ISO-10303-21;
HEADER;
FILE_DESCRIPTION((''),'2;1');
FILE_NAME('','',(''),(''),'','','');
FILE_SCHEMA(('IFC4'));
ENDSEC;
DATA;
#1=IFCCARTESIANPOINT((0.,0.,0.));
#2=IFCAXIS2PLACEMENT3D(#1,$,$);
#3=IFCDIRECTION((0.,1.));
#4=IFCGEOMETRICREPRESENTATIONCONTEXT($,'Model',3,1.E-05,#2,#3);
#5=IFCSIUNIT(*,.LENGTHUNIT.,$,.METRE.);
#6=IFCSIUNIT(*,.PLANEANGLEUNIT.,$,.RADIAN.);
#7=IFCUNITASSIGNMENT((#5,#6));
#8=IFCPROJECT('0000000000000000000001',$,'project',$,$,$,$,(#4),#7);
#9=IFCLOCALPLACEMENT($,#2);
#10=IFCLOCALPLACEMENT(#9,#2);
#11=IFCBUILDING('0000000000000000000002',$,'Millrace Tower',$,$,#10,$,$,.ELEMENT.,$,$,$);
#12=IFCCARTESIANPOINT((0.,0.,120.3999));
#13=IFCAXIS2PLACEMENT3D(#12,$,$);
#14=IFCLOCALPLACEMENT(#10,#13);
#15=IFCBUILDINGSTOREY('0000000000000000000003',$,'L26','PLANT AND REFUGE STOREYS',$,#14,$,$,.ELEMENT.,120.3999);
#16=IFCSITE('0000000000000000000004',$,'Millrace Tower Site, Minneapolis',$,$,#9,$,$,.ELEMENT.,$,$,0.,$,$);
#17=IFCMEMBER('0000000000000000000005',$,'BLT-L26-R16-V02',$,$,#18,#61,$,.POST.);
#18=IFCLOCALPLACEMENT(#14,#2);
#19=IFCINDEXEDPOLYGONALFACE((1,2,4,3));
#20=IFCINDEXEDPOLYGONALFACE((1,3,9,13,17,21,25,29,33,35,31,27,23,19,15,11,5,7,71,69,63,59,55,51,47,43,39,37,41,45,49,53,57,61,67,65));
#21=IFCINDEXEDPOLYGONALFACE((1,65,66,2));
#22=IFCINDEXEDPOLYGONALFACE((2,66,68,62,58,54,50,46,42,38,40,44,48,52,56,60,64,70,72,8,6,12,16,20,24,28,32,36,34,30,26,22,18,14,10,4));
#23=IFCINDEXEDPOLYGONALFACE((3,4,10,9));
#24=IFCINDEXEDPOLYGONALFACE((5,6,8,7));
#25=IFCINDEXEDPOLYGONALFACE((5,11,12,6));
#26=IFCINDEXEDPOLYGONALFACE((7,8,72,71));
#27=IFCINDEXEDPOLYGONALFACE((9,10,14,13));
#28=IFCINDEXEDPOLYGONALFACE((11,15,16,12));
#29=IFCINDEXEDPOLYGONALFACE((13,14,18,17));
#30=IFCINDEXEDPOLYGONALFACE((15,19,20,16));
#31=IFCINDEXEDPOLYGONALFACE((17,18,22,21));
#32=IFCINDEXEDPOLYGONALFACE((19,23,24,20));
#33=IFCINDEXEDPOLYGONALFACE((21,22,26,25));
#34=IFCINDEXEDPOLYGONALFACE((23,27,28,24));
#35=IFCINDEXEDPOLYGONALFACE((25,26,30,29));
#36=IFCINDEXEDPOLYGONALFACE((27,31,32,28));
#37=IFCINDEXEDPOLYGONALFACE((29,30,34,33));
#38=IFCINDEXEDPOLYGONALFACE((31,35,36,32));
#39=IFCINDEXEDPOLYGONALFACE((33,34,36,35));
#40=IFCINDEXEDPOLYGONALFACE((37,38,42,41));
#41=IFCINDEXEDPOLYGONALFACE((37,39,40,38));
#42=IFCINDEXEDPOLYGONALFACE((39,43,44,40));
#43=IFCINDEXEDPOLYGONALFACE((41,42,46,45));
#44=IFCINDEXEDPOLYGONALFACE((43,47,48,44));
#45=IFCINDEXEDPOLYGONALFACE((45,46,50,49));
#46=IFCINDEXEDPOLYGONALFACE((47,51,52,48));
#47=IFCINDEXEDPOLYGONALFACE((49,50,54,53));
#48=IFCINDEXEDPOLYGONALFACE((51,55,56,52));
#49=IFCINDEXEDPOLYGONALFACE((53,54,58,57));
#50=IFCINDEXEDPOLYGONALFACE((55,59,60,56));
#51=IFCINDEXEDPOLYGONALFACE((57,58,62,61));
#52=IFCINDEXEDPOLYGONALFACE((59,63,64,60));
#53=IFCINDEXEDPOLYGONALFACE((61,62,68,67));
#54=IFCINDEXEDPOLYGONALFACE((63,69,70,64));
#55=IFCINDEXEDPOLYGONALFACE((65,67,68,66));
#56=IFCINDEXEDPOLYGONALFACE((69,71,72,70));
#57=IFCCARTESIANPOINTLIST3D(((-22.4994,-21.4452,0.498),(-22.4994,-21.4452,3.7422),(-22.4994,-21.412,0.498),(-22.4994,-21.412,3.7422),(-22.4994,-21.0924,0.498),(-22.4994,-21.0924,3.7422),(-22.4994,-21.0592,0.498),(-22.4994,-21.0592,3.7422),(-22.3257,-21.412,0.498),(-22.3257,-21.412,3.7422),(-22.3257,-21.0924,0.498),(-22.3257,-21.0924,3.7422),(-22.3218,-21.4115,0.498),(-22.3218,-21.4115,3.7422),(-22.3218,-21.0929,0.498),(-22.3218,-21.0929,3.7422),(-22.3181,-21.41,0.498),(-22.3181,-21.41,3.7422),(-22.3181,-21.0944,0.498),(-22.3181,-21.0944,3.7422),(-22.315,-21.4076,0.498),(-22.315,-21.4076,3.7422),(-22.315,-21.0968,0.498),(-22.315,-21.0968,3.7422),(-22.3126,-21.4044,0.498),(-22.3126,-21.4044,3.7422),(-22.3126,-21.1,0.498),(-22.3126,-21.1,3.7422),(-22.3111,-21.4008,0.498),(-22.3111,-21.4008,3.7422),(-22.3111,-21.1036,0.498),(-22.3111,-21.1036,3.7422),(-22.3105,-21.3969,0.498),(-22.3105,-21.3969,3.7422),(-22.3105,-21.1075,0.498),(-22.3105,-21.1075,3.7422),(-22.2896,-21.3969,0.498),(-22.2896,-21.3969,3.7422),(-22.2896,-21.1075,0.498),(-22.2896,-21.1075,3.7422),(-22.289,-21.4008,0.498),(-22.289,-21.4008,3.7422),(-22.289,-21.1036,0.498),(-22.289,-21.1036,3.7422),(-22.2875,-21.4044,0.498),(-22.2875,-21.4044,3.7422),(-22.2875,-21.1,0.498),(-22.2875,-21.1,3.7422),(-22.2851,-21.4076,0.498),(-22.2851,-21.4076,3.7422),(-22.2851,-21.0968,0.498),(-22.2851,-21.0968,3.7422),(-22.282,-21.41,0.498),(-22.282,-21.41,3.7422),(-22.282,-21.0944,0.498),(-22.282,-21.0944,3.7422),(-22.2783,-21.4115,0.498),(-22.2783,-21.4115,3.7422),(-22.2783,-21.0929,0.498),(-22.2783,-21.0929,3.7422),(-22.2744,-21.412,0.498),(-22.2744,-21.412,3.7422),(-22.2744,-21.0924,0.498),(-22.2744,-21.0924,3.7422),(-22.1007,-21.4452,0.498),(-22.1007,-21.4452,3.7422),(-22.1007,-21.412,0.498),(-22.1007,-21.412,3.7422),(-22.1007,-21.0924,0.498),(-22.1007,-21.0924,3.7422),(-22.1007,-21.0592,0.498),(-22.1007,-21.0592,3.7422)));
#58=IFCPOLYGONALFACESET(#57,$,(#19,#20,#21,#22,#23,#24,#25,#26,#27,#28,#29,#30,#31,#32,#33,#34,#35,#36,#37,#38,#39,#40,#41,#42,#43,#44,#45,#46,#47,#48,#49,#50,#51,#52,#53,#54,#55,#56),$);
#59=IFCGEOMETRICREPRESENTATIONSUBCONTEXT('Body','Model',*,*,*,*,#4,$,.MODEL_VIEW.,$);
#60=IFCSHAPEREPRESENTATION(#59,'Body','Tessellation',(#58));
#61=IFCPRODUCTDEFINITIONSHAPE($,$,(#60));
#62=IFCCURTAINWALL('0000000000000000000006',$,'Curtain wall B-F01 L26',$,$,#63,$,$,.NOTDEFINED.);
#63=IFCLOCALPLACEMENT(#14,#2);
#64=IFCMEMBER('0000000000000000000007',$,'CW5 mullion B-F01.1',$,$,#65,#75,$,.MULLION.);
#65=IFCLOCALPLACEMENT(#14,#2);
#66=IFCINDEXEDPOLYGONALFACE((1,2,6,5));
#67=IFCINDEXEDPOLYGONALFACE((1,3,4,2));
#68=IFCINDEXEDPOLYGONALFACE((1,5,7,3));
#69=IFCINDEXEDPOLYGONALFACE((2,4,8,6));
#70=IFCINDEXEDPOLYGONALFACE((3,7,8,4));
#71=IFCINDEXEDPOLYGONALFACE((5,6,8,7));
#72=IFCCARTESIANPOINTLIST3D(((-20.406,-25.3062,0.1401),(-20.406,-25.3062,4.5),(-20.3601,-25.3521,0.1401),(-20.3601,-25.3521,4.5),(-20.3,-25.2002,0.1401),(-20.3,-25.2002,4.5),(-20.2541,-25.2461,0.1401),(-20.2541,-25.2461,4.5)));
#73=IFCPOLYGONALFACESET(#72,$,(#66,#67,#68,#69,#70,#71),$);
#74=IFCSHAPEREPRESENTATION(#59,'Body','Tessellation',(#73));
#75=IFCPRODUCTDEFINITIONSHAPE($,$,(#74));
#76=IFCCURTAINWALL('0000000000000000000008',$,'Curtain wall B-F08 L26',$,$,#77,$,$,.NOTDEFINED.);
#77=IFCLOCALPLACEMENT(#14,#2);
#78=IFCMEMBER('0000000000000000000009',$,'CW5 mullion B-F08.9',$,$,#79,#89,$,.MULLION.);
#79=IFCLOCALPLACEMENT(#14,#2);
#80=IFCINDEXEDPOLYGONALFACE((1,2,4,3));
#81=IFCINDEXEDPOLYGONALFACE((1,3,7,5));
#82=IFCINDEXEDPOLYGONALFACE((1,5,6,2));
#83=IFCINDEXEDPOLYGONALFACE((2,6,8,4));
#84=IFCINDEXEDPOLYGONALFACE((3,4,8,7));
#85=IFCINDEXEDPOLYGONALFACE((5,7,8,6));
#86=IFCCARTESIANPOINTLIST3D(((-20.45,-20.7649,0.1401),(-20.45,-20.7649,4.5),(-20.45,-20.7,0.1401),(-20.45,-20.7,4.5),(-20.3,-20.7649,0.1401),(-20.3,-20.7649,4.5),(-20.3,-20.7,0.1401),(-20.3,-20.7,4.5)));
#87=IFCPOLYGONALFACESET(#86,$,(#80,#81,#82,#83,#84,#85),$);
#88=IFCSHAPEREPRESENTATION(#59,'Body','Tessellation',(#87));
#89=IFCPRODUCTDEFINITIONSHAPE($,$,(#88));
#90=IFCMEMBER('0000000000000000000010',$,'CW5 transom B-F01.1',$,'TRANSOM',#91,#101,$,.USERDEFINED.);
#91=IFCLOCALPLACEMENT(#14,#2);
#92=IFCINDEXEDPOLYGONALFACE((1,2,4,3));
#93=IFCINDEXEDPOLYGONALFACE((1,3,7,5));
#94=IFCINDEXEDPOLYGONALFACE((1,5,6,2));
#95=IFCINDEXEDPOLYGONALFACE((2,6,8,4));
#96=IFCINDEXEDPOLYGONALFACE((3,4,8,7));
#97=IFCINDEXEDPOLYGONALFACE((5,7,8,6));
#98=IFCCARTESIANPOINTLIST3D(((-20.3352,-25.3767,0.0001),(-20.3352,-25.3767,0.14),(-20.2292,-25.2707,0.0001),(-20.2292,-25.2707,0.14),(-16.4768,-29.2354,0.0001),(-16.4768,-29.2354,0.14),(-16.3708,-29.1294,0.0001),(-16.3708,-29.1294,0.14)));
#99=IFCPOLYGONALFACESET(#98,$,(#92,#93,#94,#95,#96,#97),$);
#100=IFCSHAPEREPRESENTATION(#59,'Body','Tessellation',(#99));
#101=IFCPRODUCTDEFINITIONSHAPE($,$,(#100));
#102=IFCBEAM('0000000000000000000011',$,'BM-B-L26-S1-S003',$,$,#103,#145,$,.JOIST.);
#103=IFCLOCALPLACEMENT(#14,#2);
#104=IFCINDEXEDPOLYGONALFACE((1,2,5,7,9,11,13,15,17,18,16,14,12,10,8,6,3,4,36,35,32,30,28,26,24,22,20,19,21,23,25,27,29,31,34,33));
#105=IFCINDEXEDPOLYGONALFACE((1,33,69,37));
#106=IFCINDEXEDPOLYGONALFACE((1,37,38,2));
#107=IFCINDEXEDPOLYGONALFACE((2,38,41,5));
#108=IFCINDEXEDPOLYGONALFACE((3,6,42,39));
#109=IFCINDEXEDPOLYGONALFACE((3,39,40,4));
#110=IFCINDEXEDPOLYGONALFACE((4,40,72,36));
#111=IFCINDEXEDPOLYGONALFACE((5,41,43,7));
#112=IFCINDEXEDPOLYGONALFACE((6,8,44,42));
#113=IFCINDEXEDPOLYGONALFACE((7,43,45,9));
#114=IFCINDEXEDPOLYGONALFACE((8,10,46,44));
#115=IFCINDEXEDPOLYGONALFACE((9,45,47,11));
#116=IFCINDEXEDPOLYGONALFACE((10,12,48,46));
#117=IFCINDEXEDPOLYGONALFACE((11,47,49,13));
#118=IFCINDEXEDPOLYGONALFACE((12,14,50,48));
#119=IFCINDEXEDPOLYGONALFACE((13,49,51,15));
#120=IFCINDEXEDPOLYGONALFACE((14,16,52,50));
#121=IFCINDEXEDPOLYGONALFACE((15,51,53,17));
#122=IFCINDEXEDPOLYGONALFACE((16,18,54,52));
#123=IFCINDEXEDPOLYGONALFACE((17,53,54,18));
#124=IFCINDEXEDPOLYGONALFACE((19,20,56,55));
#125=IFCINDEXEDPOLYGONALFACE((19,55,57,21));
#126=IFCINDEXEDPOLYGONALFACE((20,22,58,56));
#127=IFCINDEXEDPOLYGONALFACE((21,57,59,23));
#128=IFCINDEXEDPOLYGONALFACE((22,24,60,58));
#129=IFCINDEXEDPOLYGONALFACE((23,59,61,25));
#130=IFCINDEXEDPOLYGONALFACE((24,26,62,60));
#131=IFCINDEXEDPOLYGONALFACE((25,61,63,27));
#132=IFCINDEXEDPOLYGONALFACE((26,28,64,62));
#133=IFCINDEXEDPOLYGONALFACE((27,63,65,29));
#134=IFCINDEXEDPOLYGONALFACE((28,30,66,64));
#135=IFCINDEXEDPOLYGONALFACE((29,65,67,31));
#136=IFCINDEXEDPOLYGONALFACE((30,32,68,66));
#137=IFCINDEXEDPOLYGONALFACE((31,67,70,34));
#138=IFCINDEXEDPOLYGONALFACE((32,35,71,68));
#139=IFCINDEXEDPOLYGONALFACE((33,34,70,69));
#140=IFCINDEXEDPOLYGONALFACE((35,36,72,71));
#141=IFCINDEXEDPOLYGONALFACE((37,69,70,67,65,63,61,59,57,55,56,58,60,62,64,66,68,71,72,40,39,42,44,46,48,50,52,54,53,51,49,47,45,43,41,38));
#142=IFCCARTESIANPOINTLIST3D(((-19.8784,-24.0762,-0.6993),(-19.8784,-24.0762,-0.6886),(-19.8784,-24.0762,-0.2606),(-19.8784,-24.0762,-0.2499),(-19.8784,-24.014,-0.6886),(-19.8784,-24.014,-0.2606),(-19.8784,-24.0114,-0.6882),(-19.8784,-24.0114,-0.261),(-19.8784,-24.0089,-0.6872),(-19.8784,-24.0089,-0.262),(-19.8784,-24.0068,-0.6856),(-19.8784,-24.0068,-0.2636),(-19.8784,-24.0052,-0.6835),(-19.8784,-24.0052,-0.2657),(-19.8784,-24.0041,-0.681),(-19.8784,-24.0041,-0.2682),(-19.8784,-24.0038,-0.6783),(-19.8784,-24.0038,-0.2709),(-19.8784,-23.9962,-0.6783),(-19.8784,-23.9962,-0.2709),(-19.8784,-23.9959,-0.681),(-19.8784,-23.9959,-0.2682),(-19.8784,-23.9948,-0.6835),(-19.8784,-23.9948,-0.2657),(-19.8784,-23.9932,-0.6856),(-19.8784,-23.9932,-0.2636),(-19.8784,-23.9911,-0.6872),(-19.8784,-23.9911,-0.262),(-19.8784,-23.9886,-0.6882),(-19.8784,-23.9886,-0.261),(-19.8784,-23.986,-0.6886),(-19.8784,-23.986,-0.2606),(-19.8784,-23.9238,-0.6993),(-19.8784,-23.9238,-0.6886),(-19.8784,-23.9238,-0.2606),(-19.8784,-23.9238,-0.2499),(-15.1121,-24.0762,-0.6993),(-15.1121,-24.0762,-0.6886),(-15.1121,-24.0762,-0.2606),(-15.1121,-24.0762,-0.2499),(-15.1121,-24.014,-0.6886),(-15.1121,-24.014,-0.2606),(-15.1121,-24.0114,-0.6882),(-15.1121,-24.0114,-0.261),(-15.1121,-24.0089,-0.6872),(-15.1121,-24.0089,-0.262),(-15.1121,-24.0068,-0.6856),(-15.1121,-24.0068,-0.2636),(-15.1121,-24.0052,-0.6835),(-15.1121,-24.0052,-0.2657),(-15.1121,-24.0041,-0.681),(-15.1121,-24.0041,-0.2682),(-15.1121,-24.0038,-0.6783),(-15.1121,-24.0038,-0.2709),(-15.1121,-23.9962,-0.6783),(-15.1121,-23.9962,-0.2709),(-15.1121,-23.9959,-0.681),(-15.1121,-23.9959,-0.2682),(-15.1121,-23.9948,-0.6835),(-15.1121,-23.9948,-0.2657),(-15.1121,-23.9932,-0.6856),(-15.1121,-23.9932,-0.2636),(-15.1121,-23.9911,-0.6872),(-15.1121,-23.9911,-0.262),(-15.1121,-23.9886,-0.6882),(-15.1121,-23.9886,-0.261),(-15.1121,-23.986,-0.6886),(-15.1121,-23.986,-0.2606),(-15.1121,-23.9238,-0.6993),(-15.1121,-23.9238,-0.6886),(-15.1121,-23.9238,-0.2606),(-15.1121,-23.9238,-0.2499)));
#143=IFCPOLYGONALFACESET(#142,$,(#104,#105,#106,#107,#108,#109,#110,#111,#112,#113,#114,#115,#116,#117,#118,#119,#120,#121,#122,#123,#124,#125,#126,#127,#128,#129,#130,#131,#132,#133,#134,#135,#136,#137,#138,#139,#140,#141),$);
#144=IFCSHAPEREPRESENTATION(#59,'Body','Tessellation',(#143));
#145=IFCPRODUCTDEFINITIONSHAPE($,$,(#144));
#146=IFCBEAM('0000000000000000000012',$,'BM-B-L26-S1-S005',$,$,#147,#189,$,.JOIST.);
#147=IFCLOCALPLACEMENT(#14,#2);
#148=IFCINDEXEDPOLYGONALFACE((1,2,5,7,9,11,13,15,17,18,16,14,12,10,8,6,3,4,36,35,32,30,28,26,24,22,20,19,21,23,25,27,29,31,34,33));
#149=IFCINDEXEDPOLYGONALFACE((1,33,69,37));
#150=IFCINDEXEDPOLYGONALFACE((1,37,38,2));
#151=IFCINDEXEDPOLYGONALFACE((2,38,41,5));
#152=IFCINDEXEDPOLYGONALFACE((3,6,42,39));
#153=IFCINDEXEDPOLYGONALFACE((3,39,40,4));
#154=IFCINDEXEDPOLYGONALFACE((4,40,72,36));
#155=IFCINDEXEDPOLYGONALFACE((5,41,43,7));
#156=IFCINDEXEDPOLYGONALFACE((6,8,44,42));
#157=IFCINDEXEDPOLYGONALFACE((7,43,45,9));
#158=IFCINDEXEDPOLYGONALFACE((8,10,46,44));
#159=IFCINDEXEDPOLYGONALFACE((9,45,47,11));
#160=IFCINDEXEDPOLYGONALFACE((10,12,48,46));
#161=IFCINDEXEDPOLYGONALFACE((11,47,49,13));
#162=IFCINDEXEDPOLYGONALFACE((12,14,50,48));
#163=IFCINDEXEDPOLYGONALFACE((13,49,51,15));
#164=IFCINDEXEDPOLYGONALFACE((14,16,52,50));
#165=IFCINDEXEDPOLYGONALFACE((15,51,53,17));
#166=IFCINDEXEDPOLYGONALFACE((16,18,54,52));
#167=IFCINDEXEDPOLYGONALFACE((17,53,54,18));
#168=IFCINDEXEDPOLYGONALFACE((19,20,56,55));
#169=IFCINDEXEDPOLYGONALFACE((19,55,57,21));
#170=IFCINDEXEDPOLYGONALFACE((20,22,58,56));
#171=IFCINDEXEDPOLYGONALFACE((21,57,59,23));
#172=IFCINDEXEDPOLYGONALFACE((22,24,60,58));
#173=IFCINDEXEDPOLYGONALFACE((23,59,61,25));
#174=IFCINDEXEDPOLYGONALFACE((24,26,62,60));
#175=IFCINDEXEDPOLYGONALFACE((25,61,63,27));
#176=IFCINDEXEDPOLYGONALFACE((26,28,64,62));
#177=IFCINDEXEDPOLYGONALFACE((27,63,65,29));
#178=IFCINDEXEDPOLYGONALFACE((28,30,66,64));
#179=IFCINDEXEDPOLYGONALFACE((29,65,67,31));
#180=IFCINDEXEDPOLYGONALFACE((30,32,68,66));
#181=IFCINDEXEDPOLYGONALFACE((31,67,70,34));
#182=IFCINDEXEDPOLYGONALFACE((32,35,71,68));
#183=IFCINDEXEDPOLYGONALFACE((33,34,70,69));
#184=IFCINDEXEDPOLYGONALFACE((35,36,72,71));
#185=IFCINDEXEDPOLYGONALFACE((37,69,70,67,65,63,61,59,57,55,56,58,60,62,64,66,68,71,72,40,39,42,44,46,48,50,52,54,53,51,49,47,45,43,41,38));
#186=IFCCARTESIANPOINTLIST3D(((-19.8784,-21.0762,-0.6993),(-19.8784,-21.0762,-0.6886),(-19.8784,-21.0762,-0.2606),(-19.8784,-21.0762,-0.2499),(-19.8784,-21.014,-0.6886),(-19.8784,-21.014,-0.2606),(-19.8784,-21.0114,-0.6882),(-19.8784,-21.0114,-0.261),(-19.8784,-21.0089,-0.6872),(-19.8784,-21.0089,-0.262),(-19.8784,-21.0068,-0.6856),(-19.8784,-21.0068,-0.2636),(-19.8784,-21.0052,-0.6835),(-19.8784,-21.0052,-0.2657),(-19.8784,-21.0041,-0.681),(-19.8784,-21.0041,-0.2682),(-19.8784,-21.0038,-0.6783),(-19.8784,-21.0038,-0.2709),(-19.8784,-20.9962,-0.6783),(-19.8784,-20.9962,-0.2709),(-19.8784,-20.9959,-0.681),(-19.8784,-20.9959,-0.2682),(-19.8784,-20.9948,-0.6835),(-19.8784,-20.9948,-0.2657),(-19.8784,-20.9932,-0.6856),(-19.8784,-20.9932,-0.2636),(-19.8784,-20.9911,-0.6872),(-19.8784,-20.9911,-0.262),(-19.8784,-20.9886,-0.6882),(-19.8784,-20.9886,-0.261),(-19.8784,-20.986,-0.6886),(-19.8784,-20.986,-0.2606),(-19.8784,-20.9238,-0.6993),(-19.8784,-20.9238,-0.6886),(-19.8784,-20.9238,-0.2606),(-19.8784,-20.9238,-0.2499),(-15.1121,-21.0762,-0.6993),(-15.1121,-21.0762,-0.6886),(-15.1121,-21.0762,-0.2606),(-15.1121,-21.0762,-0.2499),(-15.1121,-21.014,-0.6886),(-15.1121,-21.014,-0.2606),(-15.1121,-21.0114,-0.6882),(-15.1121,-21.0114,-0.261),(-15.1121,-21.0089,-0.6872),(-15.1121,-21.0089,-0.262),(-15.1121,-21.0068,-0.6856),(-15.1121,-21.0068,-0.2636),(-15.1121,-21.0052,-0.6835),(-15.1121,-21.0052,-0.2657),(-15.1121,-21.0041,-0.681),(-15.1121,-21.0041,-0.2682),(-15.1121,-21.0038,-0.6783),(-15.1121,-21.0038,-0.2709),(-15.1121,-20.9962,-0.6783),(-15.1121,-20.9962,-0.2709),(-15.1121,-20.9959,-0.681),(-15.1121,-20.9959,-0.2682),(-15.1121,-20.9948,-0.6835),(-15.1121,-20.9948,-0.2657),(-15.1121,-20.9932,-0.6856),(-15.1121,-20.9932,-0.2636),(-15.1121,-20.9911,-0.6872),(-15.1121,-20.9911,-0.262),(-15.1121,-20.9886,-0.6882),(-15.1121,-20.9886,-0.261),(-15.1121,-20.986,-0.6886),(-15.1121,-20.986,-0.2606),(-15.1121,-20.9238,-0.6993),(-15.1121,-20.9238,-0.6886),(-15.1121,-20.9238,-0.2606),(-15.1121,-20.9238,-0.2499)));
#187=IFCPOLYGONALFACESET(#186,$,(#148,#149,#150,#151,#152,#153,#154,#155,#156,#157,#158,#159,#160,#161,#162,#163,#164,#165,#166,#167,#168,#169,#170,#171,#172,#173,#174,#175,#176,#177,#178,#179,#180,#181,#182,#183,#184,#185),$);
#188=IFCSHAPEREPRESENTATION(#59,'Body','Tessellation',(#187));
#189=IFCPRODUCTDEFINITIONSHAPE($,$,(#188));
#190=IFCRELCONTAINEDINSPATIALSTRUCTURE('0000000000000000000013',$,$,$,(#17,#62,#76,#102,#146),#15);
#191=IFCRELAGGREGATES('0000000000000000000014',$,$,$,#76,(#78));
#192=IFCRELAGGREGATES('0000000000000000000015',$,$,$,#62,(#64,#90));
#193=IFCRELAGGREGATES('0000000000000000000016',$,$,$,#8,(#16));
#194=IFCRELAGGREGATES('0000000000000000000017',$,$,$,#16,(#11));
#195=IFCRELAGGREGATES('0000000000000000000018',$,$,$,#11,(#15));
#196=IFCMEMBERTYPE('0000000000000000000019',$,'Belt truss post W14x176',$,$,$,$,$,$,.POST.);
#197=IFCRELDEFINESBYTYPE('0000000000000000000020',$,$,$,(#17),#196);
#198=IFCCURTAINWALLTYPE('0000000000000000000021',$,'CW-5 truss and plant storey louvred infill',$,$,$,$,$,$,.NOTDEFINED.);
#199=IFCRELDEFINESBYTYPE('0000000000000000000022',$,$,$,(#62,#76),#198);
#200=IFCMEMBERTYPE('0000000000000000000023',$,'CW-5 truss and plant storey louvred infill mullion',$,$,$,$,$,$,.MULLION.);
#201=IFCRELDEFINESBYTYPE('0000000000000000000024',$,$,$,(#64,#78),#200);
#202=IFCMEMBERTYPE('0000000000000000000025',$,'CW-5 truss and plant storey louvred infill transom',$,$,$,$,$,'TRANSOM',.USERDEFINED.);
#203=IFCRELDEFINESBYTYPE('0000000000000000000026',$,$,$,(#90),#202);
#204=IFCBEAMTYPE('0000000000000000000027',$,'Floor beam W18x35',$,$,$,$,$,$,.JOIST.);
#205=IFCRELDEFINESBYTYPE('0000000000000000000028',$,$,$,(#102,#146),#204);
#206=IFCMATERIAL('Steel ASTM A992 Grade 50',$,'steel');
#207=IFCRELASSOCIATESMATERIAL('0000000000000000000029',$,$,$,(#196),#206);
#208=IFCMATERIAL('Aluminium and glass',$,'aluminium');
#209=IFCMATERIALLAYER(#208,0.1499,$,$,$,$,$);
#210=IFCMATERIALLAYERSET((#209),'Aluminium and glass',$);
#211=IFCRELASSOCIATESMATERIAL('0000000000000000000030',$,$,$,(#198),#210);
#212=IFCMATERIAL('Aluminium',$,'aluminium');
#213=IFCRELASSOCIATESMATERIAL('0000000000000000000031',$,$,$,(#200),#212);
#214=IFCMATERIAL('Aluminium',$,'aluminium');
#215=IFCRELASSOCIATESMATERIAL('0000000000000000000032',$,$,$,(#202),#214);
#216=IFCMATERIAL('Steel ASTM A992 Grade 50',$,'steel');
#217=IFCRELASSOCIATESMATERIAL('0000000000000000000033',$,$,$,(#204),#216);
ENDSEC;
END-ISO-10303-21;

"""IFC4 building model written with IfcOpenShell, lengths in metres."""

from ifc_helpers import new_model, si_unit, direction, frame, origin, origin_2d, place, context, subcontext, project, spatial, rectangle, i_section, extrude, material, layer, layer_set, material_profile, profile_set, type_object, element, aggregate, save


model = new_model("IFC4")

# Units and contexts
model_context = context("Model", 3, precision=1e-05, world=origin(), true_north=direction((0.0, 1.0)))
body_context = subcontext(model_context, "Body", "Model", "MODEL_VIEW")
ifc_project = project(units=[si_unit("LENGTHUNIT", "METRE"), si_unit("PLANEANGLEUNIT", "RADIAN")], contexts=[model_context])

# Site, building, storey
site_placement = place(None, origin())
site = spatial("IfcSite", under=ifc_project, at=site_placement, Name="Millrace Tower Site, Minneapolis", CompositionType="ELEMENT", RefElevation=0.0)
building_placement = place(site_placement, origin())
building = spatial("IfcBuilding", under=site, at=building_placement, Name="Millrace Tower", CompositionType="ELEMENT")
storey_placement = place(building_placement, frame((0.0, 0.0, 120.3999)))
storey = spatial("IfcBuildingStorey", under=building, at=storey_placement, Name="L26", Description="PLANT AND REFUGE STOREYS", CompositionType="ELEMENT", Elevation=120.3999)

# Member
ifc_material_1 = material(Name="Steel ASTM A992 Grade 50", Category="steel")
ifc_material_profile_1 = material_profile(ifc_material_1, i_section(OverallWidth=0.3987, OverallDepth=0.386, WebThickness=0.021, FlangeThickness=0.0332, FilletRadius=0.0151, at=origin_2d()))
ifc_profile_set_1 = profile_set([ifc_material_profile_1], Name="Steel ASTM A992 Grade 50")
member_type_1 = type_object("IfcMemberType", Name="Belt truss post W14x176", PredefinedType="POST", material=ifc_profile_set_1)
member_1_placement = place(storey_placement, frame((-22.3, -21.2522, 0.498), z_axis=(0.0, 0.0, 1.0), x_axis=(1.0, 0.0, 0.0)))
element("IfcMember", 1, at=member_1_placement, inside=storey, type_object=member_type_1, Name="BLT-L26-R16-V02", PredefinedType="POST", context=body_context, shape_type="SweptSolid", body=[
    extrude(i_section(OverallWidth=0.3987, OverallDepth=0.386, WebThickness=0.021, FlangeThickness=0.0332, FilletRadius=0.0151, at=origin_2d()), origin(), (0.0, 0.0, 1.0), 3.2441),
])

# Curtain walls, members
ifc_material_2 = material(Name="Aluminium and glass", Category="aluminium")
ifc_layer_1 = layer(ifc_material_2, 0.1499)
ifc_layer_set_1 = layer_set([ifc_layer_1], Name="Aluminium and glass")
curtain_wall_type = type_object("IfcCurtainWallType", Name="CW-5 truss and plant storey louvred infill", PredefinedType="NOTDEFINED", material=ifc_layer_set_1)
placement = place(storey_placement, origin())
curtain_wall_1 = element("IfcCurtainWall", 2, at=placement, inside=storey, type_object=curtain_wall_type, Name="Curtain wall B-F01 L26", PredefinedType="NOTDEFINED")
ifc_material_3 = material(Name="Aluminium", Category="aluminium")
ifc_material_profile_2 = material_profile(ifc_material_3, rectangle(XDim=0.0649, YDim=0.1499, at=origin_2d()))
ifc_profile_set_2 = profile_set([ifc_material_profile_2], Name="Aluminium")
member_type_2 = type_object("IfcMemberType", Name="CW-5 truss and plant storey louvred infill mullion", PredefinedType="MULLION", material=ifc_profile_set_2)
member_2_placement = place(storey_placement, frame((-20.3301, -25.2761, 0.1401), z_axis=(0.0, 0.0, 1.0), x_axis=(0.707107, -0.707107, 0.0)))
member_2 = element("IfcMember", 3, at=member_2_placement, type_object=member_type_2, Name="CW5 mullion B-F01.1", PredefinedType="MULLION", context=body_context, shape_type="SweptSolid", body=[
    extrude(rectangle(XDim=0.0649, YDim=0.1499, at=origin_2d()), origin(), (0.0, 0.0, 1.0), 4.3599),
])
curtain_wall_2 = element("IfcCurtainWall", 4, at=placement, inside=storey, type_object=curtain_wall_type, Name="Curtain wall B-F08 L26", PredefinedType="NOTDEFINED")
member_3_placement = place(storey_placement, frame((-20.375, -20.7324, 0.1401), z_axis=(0.0, 0.0, 1.0), x_axis=(0.0, -1.0, 0.0)))
member_3 = element("IfcMember", 5, at=member_3_placement, type_object=member_type_2, Name="CW5 mullion B-F08.9", PredefinedType="MULLION", context=body_context, shape_type="SweptSolid", body=[
    extrude(rectangle(XDim=0.0649, YDim=0.1499, at=origin_2d()), origin(), (0.0, 0.0, 1.0), 4.3599),
])
aggregate(curtain_wall_2, [member_3])

# Member
ifc_material_4 = material(Name="Aluminium", Category="aluminium")
ifc_material_profile_3 = material_profile(ifc_material_4, rectangle(XDim=0.1499, YDim=0.1399, at=origin_2d()))
ifc_profile_set_3 = profile_set([ifc_material_profile_3], Name="Aluminium")
member_type_3 = type_object("IfcMemberType", Name="CW-5 truss and plant storey louvred infill transom", ElementType="TRANSOM", PredefinedType="USERDEFINED", material=ifc_profile_set_3)
member_4_placement = place(storey_placement, frame((-20.2822, -25.3237, 0.0701), z_axis=(0.707084, -0.707129, 0.0), x_axis=(0.707129, 0.707084, 0.0)))
member_4 = element("IfcMember", 6, at=member_4_placement, type_object=member_type_3, Name="CW5 transom B-F01.1", ObjectType="TRANSOM", PredefinedType="USERDEFINED", context=body_context, shape_type="SweptSolid", body=[
    extrude(rectangle(XDim=0.1499, YDim=0.1399, at=origin_2d()), origin(), (0.0, 0.0, 1.0), 5.4568),
])
aggregate(curtain_wall_1, [member_2, member_4])

# Beams
ifc_material_5 = material(Name="Steel ASTM A992 Grade 50", Category="steel")
ifc_material_profile_4 = material_profile(ifc_material_5, i_section(OverallWidth=0.1523, OverallDepth=0.4495, WebThickness=0.0076, FlangeThickness=0.0107, FilletRadius=0.0103, at=origin_2d()))
ifc_profile_set_4 = profile_set([ifc_material_profile_4], Name="Steel ASTM A992 Grade 50")
beam_type_1 = type_object("IfcBeamType", Name="Floor beam W18x35", PredefinedType="JOIST", material=ifc_profile_set_4)
for number, where, z_axis, x_axis, name in (
    (7, (-19.8784, -24.0, -0.4746), (1.0, 0.0, 0.0), (0.0, 1.0, 0.0), "BM-B-L26-S1-S003"),
    (8, (-19.8784, -21.0, -0.4746), (1.0, 0.0, 0.0), (0.0, 1.0, 0.0), "BM-B-L26-S1-S005"),
):
    element("IfcBeam", number, at=place(storey_placement, frame(where, z_axis=z_axis, x_axis=x_axis)), inside=storey, type_object=beam_type_1, Name=name, PredefinedType="JOIST", context=body_context, shape_type="SweptSolid", body=[
        extrude(i_section(OverallWidth=0.1523, OverallDepth=0.4495, WebThickness=0.0076, FlangeThickness=0.0107, FilletRadius=0.0103, at=origin_2d()), origin(), (0.0, 0.0, 1.0), 4.7664),
    ])

save(model, "model.ifc")
